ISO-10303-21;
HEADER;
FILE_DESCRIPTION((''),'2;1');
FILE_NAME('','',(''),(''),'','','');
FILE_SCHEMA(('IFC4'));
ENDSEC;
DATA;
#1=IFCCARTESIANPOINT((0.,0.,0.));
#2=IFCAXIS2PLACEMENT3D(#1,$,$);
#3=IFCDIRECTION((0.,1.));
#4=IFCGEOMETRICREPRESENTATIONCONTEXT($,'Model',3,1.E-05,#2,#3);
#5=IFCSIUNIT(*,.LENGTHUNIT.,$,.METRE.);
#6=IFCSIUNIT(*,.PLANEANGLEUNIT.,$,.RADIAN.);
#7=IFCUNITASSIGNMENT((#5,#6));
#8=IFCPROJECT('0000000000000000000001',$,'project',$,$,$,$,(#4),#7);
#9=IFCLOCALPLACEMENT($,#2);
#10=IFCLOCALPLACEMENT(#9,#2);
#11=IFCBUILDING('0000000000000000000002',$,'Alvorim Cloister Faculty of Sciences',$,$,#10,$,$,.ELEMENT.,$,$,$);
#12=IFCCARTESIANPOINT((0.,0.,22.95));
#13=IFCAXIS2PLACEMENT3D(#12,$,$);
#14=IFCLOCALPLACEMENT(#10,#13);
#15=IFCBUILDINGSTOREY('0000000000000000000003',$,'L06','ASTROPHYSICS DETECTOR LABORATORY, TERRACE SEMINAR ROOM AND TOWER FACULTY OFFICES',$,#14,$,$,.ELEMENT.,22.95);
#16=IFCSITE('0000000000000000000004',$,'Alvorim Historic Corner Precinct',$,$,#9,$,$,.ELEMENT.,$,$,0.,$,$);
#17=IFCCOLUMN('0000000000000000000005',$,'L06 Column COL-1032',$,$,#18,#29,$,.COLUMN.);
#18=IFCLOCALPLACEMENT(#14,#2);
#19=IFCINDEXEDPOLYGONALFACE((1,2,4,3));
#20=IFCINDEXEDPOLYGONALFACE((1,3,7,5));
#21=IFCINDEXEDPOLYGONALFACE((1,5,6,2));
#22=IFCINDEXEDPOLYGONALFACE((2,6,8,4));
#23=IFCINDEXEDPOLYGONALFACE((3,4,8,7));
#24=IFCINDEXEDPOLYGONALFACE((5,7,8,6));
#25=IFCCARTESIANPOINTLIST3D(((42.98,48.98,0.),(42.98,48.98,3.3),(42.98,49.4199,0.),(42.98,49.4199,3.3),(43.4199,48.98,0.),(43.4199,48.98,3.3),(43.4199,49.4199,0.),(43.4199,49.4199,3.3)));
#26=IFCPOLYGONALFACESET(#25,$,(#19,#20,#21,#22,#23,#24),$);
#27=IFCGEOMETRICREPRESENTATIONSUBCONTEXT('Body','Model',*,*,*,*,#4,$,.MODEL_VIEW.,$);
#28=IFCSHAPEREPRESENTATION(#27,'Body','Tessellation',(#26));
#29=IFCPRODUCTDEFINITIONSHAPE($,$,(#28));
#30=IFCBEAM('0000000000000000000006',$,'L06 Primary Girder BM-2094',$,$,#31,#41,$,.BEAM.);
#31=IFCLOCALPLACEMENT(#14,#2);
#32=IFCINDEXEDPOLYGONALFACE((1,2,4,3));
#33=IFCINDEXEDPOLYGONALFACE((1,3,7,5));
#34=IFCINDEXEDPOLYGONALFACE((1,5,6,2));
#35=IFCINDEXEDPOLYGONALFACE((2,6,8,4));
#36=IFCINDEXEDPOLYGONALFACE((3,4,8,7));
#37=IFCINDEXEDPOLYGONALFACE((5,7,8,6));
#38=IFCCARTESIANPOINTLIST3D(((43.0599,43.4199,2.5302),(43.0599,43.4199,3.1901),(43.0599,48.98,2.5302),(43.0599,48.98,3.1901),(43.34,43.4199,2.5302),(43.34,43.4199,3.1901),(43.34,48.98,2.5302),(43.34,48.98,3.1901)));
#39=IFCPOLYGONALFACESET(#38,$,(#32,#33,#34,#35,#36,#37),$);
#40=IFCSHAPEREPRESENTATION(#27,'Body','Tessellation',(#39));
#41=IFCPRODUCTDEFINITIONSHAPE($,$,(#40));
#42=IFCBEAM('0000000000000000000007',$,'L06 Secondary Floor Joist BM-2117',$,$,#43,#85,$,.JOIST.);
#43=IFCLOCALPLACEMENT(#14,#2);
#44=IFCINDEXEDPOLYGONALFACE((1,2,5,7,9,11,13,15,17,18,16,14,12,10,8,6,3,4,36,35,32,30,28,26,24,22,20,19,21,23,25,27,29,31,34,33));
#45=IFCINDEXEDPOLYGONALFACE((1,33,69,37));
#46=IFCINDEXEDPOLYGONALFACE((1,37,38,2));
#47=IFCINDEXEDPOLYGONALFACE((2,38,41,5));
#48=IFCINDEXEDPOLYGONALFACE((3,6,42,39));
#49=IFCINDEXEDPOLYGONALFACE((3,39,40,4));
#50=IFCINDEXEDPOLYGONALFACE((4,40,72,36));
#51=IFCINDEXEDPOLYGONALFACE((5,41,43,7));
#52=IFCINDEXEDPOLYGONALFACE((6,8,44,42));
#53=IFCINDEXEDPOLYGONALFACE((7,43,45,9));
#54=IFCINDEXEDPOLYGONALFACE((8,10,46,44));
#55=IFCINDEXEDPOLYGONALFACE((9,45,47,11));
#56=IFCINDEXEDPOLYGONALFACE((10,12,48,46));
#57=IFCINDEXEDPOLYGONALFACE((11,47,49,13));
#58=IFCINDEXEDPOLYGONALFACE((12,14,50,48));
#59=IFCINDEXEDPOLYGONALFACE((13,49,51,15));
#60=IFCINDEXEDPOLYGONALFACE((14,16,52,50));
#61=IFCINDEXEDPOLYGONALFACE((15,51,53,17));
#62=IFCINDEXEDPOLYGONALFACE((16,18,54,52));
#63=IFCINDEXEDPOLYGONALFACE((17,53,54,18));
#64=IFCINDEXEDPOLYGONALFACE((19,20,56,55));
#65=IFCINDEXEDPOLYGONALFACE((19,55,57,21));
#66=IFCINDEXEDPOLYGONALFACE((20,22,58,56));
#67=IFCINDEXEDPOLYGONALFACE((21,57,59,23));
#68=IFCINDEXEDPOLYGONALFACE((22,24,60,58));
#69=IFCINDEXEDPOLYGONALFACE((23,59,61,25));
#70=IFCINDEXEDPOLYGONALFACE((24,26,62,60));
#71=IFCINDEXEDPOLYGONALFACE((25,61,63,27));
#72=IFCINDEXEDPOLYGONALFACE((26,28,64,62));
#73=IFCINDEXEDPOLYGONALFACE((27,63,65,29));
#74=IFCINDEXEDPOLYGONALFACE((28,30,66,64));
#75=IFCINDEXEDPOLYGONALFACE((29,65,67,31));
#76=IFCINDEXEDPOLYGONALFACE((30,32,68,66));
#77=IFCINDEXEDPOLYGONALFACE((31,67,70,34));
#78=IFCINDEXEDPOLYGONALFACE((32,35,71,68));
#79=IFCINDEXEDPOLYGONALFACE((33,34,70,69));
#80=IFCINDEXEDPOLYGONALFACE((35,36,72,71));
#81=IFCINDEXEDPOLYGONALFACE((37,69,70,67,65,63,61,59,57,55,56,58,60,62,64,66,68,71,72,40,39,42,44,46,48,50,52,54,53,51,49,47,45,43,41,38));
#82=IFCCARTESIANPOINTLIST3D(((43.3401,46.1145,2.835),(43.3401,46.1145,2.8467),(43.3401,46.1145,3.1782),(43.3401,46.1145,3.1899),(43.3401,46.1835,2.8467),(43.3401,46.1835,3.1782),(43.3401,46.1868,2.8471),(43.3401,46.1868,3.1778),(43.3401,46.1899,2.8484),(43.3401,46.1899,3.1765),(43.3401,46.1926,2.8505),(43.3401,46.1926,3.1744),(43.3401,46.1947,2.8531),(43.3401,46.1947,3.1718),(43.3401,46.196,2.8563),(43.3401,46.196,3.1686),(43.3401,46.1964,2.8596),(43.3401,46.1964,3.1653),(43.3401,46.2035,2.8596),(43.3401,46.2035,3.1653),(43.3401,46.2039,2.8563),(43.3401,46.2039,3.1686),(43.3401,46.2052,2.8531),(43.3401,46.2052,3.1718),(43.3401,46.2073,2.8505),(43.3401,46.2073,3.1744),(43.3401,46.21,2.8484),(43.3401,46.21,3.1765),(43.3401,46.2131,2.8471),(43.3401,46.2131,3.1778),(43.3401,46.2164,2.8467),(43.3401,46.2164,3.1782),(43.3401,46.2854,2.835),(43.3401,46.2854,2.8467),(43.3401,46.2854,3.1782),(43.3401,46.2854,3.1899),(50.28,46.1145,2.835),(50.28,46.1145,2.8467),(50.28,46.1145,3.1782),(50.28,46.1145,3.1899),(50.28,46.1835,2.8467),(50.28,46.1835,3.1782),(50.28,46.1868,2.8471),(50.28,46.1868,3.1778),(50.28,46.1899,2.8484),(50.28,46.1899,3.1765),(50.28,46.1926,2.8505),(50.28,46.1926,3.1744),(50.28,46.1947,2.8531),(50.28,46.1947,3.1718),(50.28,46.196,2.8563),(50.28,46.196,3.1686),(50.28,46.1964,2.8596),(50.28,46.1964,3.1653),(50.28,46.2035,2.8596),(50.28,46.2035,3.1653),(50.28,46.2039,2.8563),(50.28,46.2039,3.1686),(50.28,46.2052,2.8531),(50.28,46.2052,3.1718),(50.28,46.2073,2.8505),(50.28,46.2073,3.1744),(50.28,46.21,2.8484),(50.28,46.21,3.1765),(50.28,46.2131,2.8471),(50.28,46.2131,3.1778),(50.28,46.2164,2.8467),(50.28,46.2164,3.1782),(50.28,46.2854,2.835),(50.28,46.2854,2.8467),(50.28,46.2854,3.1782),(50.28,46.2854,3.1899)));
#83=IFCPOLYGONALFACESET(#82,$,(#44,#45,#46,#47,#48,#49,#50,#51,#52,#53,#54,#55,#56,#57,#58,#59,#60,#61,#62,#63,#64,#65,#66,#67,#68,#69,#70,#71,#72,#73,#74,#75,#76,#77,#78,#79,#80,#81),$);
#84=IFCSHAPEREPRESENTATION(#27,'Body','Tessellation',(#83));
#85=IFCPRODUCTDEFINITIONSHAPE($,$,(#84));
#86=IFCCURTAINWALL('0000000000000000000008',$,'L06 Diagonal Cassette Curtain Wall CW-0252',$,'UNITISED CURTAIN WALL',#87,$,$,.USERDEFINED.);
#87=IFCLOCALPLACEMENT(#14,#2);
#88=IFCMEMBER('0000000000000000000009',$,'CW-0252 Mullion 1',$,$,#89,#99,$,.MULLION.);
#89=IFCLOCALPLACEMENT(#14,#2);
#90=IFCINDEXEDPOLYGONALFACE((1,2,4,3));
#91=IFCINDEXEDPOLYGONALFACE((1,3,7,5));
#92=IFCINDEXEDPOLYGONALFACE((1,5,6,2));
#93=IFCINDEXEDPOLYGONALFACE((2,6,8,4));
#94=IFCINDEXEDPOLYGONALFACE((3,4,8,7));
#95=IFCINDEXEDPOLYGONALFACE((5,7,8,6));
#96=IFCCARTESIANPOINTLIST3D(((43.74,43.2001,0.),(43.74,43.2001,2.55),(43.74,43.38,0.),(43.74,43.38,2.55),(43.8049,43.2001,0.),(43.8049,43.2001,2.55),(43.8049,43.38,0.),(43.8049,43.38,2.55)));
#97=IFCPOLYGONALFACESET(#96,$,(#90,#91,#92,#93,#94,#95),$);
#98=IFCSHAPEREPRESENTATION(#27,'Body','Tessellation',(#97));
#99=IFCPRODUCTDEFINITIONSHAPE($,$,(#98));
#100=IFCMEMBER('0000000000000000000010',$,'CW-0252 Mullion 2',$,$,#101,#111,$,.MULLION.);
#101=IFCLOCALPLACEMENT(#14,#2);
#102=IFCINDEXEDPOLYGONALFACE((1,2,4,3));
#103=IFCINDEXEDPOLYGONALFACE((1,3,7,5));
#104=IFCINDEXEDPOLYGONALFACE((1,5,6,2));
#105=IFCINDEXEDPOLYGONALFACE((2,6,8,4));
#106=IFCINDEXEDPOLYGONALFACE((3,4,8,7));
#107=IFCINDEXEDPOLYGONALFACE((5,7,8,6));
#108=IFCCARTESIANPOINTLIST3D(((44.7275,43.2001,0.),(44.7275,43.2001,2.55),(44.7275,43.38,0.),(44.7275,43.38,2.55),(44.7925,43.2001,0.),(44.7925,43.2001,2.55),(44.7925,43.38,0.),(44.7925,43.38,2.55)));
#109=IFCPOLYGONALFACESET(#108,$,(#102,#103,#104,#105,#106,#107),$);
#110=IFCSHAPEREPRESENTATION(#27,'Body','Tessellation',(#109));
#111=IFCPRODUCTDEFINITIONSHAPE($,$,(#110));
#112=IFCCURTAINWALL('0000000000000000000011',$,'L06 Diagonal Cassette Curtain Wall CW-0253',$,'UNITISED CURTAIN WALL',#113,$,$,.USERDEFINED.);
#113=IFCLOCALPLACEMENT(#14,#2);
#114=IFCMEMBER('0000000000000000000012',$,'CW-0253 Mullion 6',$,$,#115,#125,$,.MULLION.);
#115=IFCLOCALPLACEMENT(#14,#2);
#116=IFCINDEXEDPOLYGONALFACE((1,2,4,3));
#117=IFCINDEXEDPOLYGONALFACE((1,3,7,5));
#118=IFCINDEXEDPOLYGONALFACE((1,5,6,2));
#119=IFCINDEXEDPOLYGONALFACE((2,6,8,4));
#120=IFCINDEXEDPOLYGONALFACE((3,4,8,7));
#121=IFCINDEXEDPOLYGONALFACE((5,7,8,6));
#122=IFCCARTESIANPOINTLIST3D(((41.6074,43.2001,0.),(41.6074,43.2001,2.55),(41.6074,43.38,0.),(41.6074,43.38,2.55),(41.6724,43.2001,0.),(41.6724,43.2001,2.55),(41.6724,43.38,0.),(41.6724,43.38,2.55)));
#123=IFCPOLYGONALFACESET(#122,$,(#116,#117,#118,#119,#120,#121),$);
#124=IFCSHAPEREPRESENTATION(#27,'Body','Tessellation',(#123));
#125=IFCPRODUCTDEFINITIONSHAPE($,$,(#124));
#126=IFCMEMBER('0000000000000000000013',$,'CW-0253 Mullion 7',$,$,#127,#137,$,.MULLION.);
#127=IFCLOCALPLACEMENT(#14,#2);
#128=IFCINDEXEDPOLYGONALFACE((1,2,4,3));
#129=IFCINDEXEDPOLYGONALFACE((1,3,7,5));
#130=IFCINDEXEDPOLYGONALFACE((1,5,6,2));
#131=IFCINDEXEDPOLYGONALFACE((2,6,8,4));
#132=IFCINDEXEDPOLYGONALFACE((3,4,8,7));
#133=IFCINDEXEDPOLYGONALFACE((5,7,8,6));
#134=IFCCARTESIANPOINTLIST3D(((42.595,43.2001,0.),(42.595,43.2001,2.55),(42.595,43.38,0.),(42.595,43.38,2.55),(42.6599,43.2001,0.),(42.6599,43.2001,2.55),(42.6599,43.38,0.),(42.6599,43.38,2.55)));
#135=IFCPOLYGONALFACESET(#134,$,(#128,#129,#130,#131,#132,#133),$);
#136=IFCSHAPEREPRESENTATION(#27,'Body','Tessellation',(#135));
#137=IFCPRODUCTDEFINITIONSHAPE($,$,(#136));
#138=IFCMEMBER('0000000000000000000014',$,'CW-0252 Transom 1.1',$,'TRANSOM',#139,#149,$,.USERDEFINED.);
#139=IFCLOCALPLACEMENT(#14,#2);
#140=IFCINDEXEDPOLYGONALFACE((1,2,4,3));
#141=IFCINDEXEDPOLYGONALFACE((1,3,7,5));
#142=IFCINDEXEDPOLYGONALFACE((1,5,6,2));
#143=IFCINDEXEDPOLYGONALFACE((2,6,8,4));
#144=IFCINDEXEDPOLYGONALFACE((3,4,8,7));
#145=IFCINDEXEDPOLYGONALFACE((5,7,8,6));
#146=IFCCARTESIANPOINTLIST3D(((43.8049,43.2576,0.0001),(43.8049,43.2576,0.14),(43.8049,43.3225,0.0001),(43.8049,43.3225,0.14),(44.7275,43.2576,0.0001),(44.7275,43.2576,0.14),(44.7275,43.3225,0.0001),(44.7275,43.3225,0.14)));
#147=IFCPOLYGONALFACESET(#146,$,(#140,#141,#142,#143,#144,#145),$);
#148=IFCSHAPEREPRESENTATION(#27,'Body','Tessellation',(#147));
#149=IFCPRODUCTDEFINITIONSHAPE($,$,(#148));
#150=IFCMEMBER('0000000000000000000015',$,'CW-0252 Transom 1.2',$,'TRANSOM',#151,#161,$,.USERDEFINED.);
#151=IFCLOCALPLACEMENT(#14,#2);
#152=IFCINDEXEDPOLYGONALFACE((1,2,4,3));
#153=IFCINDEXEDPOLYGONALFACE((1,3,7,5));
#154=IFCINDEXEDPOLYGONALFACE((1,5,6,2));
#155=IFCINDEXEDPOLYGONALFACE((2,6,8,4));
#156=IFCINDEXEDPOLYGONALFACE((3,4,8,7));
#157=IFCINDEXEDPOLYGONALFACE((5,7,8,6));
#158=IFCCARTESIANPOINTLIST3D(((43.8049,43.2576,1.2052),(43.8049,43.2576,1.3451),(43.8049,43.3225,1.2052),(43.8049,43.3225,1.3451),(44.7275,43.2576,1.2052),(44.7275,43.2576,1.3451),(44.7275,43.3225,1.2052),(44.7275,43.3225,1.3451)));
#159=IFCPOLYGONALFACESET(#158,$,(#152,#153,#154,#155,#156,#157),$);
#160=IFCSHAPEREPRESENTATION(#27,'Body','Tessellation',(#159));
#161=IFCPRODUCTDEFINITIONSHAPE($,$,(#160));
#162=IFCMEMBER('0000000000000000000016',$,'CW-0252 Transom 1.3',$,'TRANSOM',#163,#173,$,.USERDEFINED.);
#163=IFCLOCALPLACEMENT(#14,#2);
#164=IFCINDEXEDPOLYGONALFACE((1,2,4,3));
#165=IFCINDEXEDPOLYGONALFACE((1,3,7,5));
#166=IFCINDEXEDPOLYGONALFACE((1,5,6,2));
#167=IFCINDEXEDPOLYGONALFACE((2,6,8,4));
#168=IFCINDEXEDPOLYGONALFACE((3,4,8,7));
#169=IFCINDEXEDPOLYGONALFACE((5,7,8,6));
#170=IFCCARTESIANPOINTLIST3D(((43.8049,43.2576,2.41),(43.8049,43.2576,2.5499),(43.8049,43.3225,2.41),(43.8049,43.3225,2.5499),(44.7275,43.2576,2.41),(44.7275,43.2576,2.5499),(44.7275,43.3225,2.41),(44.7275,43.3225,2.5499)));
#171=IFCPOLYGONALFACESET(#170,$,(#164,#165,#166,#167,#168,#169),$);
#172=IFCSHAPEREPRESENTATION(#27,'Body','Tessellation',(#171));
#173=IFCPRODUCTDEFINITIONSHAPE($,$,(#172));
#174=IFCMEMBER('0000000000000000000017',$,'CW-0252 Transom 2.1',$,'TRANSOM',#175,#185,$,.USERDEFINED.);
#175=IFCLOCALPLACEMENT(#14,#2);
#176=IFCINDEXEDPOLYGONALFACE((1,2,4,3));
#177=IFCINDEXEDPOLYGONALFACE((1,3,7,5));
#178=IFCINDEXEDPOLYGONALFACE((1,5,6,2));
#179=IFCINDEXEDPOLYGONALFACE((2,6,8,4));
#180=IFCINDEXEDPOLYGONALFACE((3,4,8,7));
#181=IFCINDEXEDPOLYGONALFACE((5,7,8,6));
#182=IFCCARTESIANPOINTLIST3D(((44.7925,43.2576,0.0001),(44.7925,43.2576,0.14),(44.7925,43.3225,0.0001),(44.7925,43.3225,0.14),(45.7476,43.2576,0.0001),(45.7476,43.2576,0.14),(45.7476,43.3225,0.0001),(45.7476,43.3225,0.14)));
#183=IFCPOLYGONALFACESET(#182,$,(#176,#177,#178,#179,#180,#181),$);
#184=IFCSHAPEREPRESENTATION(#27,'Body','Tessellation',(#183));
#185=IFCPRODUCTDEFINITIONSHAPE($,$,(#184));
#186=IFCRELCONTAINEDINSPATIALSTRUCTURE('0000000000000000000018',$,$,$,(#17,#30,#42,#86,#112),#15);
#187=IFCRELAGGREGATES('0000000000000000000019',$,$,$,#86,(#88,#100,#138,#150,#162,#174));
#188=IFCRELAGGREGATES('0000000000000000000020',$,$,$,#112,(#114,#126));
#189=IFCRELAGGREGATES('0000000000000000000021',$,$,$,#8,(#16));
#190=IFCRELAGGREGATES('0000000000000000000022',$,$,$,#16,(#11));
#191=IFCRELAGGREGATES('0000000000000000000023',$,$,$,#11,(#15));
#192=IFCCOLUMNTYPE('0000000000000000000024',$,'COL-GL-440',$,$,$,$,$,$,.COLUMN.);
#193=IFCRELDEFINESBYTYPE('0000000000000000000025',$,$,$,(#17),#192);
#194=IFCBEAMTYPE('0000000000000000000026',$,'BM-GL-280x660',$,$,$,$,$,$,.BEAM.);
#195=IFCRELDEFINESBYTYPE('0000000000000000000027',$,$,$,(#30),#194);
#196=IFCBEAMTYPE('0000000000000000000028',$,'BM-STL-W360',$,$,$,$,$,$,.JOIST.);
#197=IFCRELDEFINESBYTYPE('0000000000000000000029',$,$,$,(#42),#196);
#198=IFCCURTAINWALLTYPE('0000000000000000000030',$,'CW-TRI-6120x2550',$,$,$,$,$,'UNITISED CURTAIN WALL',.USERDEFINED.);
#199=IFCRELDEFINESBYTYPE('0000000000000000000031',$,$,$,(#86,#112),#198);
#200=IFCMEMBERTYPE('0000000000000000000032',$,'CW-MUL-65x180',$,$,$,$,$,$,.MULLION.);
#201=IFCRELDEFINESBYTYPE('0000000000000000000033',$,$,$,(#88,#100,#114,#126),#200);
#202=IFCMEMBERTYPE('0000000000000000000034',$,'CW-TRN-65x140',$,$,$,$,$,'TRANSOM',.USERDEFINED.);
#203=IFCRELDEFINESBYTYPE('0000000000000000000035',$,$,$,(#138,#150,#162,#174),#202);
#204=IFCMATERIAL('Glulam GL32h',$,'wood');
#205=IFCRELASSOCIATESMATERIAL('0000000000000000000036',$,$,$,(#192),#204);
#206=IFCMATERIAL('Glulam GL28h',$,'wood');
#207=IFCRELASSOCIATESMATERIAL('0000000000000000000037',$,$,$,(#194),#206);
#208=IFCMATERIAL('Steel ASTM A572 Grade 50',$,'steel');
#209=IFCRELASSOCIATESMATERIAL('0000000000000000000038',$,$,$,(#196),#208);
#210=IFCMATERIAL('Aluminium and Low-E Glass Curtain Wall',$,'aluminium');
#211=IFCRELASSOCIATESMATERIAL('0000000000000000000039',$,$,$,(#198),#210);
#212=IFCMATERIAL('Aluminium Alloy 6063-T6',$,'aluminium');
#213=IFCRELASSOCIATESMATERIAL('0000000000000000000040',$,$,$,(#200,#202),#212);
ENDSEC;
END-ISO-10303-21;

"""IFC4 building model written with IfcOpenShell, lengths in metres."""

from ifc_helpers import new_model, si_unit, direction, frame, origin, origin_2d, place, context, subcontext, project, spatial, rectangle, i_section, extrude, material, material_profile, profile_set, type_object, element, aggregate, save


model = new_model("IFC4")

# Units and contexts
model_context = context("Model", 3, precision=1e-05, world=origin(), true_north=direction((0.0, 1.0)))
body_context = subcontext(model_context, "Body", "Model", "MODEL_VIEW")
ifc_project = project(units=[si_unit("LENGTHUNIT", "METRE"), si_unit("PLANEANGLEUNIT", "RADIAN")], contexts=[model_context])

# Site, building, storey
site_placement = place(None, origin())
site = spatial("IfcSite", under=ifc_project, at=site_placement, Name="Alvorim Historic Corner Precinct", CompositionType="ELEMENT", RefElevation=0.0)
building_placement = place(site_placement, origin())
building = spatial("IfcBuilding", under=site, at=building_placement, Name="Alvorim Cloister Faculty of Sciences", CompositionType="ELEMENT")
storey_placement = place(building_placement, frame((0.0, 0.0, 22.95)))
storey = spatial("IfcBuildingStorey", under=building, at=storey_placement, Name="L06", Description="ASTROPHYSICS DETECTOR LABORATORY, TERRACE SEMINAR ROOM AND TOWER FACULTY OFFICES", CompositionType="ELEMENT", Elevation=22.95)

# Column
ifc_material_1 = material(Name="Glulam GL32h", Category="wood")
ifc_material_profile_1 = material_profile(ifc_material_1, rectangle(XDim=0.4399, YDim=0.4399, at=origin_2d()), Name="GL32-COL-440x440")
ifc_profile_set_1 = profile_set([ifc_material_profile_1], Name="Glulam GL32h")
column_type = type_object("IfcColumnType", Name="COL-GL-440", PredefinedType="COLUMN", material=ifc_profile_set_1)
column_placement = place(storey_placement, frame((43.2, 49.2, 0.0), z_axis=(0.0, 0.0, 1.0), x_axis=(1.0, 0.0, 0.0)))
element("IfcColumn", 1, at=column_placement, inside=storey, type_object=column_type, Name="L06 Column COL-1032", PredefinedType="COLUMN", context=body_context, shape_type="SweptSolid", body=[
    extrude(rectangle(XDim=0.4399, YDim=0.4399, at=origin_2d()), origin(), (0.0, 0.0, 1.0), 3.3),
])

# Beams
ifc_material_2 = material(Name="Glulam GL28h", Category="wood")
ifc_material_profile_2 = material_profile(ifc_material_2, rectangle(XDim=0.28, YDim=0.6599, at=origin_2d()), Name="GL28-BM-280x660")
ifc_profile_set_2 = profile_set([ifc_material_profile_2], Name="Glulam GL28h")
beam_type_1 = type_object("IfcBeamType", Name="BM-GL-280x660", PredefinedType="BEAM", material=ifc_profile_set_2)
beam_1_placement = place(storey_placement, frame((43.2, 43.4199, 2.8601), z_axis=(0.0, 1.0, 0.0), x_axis=(-1.0, 0.0, 0.0)))
element("IfcBeam", 2, at=beam_1_placement, inside=storey, type_object=beam_type_1, Name="L06 Primary Girder BM-2094", PredefinedType="BEAM", context=body_context, shape_type="SweptSolid", body=[
    extrude(rectangle(XDim=0.28, YDim=0.6599, at=origin_2d()), origin(), (0.0, 0.0, 1.0), 5.5601),
])
ifc_material_3 = material(Name="Steel ASTM A572 Grade 50", Category="steel")
ifc_material_profile_3 = material_profile(ifc_material_3, i_section(OverallWidth=0.1709, OverallDepth=0.355, WebThickness=0.0071, FlangeThickness=0.0117, FilletRadius=0.0129, at=origin_2d()), Name="W360x51.0")
ifc_profile_set_3 = profile_set([ifc_material_profile_3], Name="Steel ASTM A572 Grade 50")
beam_type_2 = type_object("IfcBeamType", Name="BM-STL-W360", PredefinedType="JOIST", material=ifc_profile_set_3)
beam_2_placement = place(storey_placement, frame((43.3401, 46.2, 3.0125), z_axis=(1.0, 0.0, 0.0), x_axis=(0.0, 1.0, 0.0)))
element("IfcBeam", 3, at=beam_2_placement, inside=storey, type_object=beam_type_2, Name="L06 Secondary Floor Joist BM-2117", PredefinedType="JOIST", context=body_context, shape_type="SweptSolid", body=[
    extrude(i_section(OverallWidth=0.1709, OverallDepth=0.355, WebThickness=0.0071, FlangeThickness=0.0117, FilletRadius=0.0129, at=origin_2d()), origin(), (0.0, 0.0, 1.0), 6.9399),
])

# Curtain walls, members
ifc_material_4 = material(Name="Aluminium and Low-E Glass Curtain Wall", Category="aluminium")
curtain_wall_type = type_object("IfcCurtainWallType", Name="CW-TRI-6120x2550", ElementType="UNITISED CURTAIN WALL", PredefinedType="USERDEFINED", material=ifc_material_4)
curtain_wall_1_placement = place(storey_placement, origin())
curtain_wall_1 = element("IfcCurtainWall", 4, at=curtain_wall_1_placement, inside=storey, type_object=curtain_wall_type, Name="L06 Diagonal Cassette Curtain Wall CW-0252", ObjectType="UNITISED CURTAIN WALL", PredefinedType="USERDEFINED")
ifc_material_5 = material(Name="Aluminium Alloy 6063-T6", Category="aluminium")
ifc_material_profile_4 = material_profile(ifc_material_5, rectangle(XDim=0.0649, YDim=0.1799, at=origin_2d()), Name="ALU-MUL-65x180")
ifc_profile_set_4 = profile_set([ifc_material_profile_4], Name="Aluminium Alloy 6063-T6")
member_type_1 = type_object("IfcMemberType", Name="CW-MUL-65x180", PredefinedType="MULLION", material=ifc_profile_set_4)
member_1_placement = place(storey_placement, frame((43.7725, 43.29, 0.0), z_axis=(0.0, 0.0, 1.0), x_axis=(1.0, 0.0, 0.0)))
member_1 = element("IfcMember", 5, at=member_1_placement, type_object=member_type_1, Name="CW-0252 Mullion 1", PredefinedType="MULLION", context=body_context, shape_type="SweptSolid", body=[
    extrude(rectangle(XDim=0.0649, YDim=0.1799, at=origin_2d()), origin(), (0.0, 0.0, 1.0), 2.55),
])
member_2_placement = place(storey_placement, frame((44.76, 43.29, 0.0), z_axis=(0.0, 0.0, 1.0), x_axis=(1.0, 0.0, 0.0)))
member_2 = element("IfcMember", 6, at=member_2_placement, type_object=member_type_1, Name="CW-0252 Mullion 2", PredefinedType="MULLION", context=body_context, shape_type="SweptSolid", body=[
    extrude(rectangle(XDim=0.0649, YDim=0.1799, at=origin_2d()), origin(), (0.0, 0.0, 1.0), 2.55),
])
curtain_wall_2_placement = place(storey_placement, origin())
curtain_wall_2 = element("IfcCurtainWall", 7, at=curtain_wall_2_placement, inside=storey, type_object=curtain_wall_type, Name="L06 Diagonal Cassette Curtain Wall CW-0253", ObjectType="UNITISED CURTAIN WALL", PredefinedType="USERDEFINED")
member_3_placement = place(storey_placement, frame((41.6399, 43.29, 0.0), z_axis=(0.0, 0.0, 1.0), x_axis=(1.0, 0.0, 0.0)))
member_3 = element("IfcMember", 8, at=member_3_placement, type_object=member_type_1, Name="CW-0253 Mullion 6", PredefinedType="MULLION", context=body_context, shape_type="SweptSolid", body=[
    extrude(rectangle(XDim=0.0649, YDim=0.1799, at=origin_2d()), origin(), (0.0, 0.0, 1.0), 2.55),
])
member_4_placement = place(storey_placement, frame((42.6274, 43.29, 0.0), z_axis=(0.0, 0.0, 1.0), x_axis=(1.0, 0.0, 0.0)))
member_4 = element("IfcMember", 9, at=member_4_placement, type_object=member_type_1, Name="CW-0253 Mullion 7", PredefinedType="MULLION", context=body_context, shape_type="SweptSolid", body=[
    extrude(rectangle(XDim=0.0649, YDim=0.1799, at=origin_2d()), origin(), (0.0, 0.0, 1.0), 2.55),
])

# Members
ifc_material_profile_5 = material_profile(ifc_material_5, rectangle(XDim=0.0649, YDim=0.1399, at=origin_2d()), Name="ALU-TRN-65x140")
ifc_profile_set_5 = profile_set([ifc_material_profile_5], Name="Aluminium Alloy 6063-T6")
member_type_2 = type_object("IfcMemberType", Name="CW-TRN-65x140", ElementType="TRANSOM", PredefinedType="USERDEFINED", material=ifc_profile_set_5)
member_5_placement = place(storey_placement, frame((43.8049, 43.29, 0.0701), z_axis=(1.0, 0.0, 0.0), x_axis=(0.0, 1.0, 0.0)))
member_5 = element("IfcMember", 10, at=member_5_placement, type_object=member_type_2, Name="CW-0252 Transom 1.1", ObjectType="TRANSOM", PredefinedType="USERDEFINED", context=body_context, shape_type="SweptSolid", body=[
    extrude(rectangle(XDim=0.0649, YDim=0.1399, at=origin_2d()), origin(), (0.0, 0.0, 1.0), 0.9226),
])
member_6_placement = place(storey_placement, frame((43.8049, 43.29, 1.2751), z_axis=(1.0, 0.0, 0.0), x_axis=(0.0, 1.0, 0.0)))
member_6 = element("IfcMember", 11, at=member_6_placement, type_object=member_type_2, Name="CW-0252 Transom 1.2", ObjectType="TRANSOM", PredefinedType="USERDEFINED", context=body_context, shape_type="SweptSolid", body=[
    extrude(rectangle(XDim=0.0649, YDim=0.1399, at=origin_2d()), origin(), (0.0, 0.0, 1.0), 0.9226),
])
member_7_placement = place(storey_placement, frame((43.8049, 43.29, 2.48), z_axis=(1.0, 0.0, 0.0), x_axis=(0.0, 1.0, 0.0)))
member_7 = element("IfcMember", 12, at=member_7_placement, type_object=member_type_2, Name="CW-0252 Transom 1.3", ObjectType="TRANSOM", PredefinedType="USERDEFINED", context=body_context, shape_type="SweptSolid", body=[
    extrude(rectangle(XDim=0.0649, YDim=0.1399, at=origin_2d()), origin(), (0.0, 0.0, 1.0), 0.9226),
])
member_8_placement = place(storey_placement, frame((44.7925, 43.29, 0.0701), z_axis=(1.0, 0.0, 0.0), x_axis=(0.0, 1.0, 0.0)))
member_8 = element("IfcMember", 13, at=member_8_placement, type_object=member_type_2, Name="CW-0252 Transom 2.1", ObjectType="TRANSOM", PredefinedType="USERDEFINED", context=body_context, shape_type="SweptSolid", body=[
    extrude(rectangle(XDim=0.0649, YDim=0.1399, at=origin_2d()), origin(), (0.0, 0.0, 1.0), 0.9551),
])
aggregate(curtain_wall_1, [member_1, member_2, member_5, member_6, member_7, member_8])
aggregate(curtain_wall_2, [member_3, member_4])

save(model, "model.ifc")
